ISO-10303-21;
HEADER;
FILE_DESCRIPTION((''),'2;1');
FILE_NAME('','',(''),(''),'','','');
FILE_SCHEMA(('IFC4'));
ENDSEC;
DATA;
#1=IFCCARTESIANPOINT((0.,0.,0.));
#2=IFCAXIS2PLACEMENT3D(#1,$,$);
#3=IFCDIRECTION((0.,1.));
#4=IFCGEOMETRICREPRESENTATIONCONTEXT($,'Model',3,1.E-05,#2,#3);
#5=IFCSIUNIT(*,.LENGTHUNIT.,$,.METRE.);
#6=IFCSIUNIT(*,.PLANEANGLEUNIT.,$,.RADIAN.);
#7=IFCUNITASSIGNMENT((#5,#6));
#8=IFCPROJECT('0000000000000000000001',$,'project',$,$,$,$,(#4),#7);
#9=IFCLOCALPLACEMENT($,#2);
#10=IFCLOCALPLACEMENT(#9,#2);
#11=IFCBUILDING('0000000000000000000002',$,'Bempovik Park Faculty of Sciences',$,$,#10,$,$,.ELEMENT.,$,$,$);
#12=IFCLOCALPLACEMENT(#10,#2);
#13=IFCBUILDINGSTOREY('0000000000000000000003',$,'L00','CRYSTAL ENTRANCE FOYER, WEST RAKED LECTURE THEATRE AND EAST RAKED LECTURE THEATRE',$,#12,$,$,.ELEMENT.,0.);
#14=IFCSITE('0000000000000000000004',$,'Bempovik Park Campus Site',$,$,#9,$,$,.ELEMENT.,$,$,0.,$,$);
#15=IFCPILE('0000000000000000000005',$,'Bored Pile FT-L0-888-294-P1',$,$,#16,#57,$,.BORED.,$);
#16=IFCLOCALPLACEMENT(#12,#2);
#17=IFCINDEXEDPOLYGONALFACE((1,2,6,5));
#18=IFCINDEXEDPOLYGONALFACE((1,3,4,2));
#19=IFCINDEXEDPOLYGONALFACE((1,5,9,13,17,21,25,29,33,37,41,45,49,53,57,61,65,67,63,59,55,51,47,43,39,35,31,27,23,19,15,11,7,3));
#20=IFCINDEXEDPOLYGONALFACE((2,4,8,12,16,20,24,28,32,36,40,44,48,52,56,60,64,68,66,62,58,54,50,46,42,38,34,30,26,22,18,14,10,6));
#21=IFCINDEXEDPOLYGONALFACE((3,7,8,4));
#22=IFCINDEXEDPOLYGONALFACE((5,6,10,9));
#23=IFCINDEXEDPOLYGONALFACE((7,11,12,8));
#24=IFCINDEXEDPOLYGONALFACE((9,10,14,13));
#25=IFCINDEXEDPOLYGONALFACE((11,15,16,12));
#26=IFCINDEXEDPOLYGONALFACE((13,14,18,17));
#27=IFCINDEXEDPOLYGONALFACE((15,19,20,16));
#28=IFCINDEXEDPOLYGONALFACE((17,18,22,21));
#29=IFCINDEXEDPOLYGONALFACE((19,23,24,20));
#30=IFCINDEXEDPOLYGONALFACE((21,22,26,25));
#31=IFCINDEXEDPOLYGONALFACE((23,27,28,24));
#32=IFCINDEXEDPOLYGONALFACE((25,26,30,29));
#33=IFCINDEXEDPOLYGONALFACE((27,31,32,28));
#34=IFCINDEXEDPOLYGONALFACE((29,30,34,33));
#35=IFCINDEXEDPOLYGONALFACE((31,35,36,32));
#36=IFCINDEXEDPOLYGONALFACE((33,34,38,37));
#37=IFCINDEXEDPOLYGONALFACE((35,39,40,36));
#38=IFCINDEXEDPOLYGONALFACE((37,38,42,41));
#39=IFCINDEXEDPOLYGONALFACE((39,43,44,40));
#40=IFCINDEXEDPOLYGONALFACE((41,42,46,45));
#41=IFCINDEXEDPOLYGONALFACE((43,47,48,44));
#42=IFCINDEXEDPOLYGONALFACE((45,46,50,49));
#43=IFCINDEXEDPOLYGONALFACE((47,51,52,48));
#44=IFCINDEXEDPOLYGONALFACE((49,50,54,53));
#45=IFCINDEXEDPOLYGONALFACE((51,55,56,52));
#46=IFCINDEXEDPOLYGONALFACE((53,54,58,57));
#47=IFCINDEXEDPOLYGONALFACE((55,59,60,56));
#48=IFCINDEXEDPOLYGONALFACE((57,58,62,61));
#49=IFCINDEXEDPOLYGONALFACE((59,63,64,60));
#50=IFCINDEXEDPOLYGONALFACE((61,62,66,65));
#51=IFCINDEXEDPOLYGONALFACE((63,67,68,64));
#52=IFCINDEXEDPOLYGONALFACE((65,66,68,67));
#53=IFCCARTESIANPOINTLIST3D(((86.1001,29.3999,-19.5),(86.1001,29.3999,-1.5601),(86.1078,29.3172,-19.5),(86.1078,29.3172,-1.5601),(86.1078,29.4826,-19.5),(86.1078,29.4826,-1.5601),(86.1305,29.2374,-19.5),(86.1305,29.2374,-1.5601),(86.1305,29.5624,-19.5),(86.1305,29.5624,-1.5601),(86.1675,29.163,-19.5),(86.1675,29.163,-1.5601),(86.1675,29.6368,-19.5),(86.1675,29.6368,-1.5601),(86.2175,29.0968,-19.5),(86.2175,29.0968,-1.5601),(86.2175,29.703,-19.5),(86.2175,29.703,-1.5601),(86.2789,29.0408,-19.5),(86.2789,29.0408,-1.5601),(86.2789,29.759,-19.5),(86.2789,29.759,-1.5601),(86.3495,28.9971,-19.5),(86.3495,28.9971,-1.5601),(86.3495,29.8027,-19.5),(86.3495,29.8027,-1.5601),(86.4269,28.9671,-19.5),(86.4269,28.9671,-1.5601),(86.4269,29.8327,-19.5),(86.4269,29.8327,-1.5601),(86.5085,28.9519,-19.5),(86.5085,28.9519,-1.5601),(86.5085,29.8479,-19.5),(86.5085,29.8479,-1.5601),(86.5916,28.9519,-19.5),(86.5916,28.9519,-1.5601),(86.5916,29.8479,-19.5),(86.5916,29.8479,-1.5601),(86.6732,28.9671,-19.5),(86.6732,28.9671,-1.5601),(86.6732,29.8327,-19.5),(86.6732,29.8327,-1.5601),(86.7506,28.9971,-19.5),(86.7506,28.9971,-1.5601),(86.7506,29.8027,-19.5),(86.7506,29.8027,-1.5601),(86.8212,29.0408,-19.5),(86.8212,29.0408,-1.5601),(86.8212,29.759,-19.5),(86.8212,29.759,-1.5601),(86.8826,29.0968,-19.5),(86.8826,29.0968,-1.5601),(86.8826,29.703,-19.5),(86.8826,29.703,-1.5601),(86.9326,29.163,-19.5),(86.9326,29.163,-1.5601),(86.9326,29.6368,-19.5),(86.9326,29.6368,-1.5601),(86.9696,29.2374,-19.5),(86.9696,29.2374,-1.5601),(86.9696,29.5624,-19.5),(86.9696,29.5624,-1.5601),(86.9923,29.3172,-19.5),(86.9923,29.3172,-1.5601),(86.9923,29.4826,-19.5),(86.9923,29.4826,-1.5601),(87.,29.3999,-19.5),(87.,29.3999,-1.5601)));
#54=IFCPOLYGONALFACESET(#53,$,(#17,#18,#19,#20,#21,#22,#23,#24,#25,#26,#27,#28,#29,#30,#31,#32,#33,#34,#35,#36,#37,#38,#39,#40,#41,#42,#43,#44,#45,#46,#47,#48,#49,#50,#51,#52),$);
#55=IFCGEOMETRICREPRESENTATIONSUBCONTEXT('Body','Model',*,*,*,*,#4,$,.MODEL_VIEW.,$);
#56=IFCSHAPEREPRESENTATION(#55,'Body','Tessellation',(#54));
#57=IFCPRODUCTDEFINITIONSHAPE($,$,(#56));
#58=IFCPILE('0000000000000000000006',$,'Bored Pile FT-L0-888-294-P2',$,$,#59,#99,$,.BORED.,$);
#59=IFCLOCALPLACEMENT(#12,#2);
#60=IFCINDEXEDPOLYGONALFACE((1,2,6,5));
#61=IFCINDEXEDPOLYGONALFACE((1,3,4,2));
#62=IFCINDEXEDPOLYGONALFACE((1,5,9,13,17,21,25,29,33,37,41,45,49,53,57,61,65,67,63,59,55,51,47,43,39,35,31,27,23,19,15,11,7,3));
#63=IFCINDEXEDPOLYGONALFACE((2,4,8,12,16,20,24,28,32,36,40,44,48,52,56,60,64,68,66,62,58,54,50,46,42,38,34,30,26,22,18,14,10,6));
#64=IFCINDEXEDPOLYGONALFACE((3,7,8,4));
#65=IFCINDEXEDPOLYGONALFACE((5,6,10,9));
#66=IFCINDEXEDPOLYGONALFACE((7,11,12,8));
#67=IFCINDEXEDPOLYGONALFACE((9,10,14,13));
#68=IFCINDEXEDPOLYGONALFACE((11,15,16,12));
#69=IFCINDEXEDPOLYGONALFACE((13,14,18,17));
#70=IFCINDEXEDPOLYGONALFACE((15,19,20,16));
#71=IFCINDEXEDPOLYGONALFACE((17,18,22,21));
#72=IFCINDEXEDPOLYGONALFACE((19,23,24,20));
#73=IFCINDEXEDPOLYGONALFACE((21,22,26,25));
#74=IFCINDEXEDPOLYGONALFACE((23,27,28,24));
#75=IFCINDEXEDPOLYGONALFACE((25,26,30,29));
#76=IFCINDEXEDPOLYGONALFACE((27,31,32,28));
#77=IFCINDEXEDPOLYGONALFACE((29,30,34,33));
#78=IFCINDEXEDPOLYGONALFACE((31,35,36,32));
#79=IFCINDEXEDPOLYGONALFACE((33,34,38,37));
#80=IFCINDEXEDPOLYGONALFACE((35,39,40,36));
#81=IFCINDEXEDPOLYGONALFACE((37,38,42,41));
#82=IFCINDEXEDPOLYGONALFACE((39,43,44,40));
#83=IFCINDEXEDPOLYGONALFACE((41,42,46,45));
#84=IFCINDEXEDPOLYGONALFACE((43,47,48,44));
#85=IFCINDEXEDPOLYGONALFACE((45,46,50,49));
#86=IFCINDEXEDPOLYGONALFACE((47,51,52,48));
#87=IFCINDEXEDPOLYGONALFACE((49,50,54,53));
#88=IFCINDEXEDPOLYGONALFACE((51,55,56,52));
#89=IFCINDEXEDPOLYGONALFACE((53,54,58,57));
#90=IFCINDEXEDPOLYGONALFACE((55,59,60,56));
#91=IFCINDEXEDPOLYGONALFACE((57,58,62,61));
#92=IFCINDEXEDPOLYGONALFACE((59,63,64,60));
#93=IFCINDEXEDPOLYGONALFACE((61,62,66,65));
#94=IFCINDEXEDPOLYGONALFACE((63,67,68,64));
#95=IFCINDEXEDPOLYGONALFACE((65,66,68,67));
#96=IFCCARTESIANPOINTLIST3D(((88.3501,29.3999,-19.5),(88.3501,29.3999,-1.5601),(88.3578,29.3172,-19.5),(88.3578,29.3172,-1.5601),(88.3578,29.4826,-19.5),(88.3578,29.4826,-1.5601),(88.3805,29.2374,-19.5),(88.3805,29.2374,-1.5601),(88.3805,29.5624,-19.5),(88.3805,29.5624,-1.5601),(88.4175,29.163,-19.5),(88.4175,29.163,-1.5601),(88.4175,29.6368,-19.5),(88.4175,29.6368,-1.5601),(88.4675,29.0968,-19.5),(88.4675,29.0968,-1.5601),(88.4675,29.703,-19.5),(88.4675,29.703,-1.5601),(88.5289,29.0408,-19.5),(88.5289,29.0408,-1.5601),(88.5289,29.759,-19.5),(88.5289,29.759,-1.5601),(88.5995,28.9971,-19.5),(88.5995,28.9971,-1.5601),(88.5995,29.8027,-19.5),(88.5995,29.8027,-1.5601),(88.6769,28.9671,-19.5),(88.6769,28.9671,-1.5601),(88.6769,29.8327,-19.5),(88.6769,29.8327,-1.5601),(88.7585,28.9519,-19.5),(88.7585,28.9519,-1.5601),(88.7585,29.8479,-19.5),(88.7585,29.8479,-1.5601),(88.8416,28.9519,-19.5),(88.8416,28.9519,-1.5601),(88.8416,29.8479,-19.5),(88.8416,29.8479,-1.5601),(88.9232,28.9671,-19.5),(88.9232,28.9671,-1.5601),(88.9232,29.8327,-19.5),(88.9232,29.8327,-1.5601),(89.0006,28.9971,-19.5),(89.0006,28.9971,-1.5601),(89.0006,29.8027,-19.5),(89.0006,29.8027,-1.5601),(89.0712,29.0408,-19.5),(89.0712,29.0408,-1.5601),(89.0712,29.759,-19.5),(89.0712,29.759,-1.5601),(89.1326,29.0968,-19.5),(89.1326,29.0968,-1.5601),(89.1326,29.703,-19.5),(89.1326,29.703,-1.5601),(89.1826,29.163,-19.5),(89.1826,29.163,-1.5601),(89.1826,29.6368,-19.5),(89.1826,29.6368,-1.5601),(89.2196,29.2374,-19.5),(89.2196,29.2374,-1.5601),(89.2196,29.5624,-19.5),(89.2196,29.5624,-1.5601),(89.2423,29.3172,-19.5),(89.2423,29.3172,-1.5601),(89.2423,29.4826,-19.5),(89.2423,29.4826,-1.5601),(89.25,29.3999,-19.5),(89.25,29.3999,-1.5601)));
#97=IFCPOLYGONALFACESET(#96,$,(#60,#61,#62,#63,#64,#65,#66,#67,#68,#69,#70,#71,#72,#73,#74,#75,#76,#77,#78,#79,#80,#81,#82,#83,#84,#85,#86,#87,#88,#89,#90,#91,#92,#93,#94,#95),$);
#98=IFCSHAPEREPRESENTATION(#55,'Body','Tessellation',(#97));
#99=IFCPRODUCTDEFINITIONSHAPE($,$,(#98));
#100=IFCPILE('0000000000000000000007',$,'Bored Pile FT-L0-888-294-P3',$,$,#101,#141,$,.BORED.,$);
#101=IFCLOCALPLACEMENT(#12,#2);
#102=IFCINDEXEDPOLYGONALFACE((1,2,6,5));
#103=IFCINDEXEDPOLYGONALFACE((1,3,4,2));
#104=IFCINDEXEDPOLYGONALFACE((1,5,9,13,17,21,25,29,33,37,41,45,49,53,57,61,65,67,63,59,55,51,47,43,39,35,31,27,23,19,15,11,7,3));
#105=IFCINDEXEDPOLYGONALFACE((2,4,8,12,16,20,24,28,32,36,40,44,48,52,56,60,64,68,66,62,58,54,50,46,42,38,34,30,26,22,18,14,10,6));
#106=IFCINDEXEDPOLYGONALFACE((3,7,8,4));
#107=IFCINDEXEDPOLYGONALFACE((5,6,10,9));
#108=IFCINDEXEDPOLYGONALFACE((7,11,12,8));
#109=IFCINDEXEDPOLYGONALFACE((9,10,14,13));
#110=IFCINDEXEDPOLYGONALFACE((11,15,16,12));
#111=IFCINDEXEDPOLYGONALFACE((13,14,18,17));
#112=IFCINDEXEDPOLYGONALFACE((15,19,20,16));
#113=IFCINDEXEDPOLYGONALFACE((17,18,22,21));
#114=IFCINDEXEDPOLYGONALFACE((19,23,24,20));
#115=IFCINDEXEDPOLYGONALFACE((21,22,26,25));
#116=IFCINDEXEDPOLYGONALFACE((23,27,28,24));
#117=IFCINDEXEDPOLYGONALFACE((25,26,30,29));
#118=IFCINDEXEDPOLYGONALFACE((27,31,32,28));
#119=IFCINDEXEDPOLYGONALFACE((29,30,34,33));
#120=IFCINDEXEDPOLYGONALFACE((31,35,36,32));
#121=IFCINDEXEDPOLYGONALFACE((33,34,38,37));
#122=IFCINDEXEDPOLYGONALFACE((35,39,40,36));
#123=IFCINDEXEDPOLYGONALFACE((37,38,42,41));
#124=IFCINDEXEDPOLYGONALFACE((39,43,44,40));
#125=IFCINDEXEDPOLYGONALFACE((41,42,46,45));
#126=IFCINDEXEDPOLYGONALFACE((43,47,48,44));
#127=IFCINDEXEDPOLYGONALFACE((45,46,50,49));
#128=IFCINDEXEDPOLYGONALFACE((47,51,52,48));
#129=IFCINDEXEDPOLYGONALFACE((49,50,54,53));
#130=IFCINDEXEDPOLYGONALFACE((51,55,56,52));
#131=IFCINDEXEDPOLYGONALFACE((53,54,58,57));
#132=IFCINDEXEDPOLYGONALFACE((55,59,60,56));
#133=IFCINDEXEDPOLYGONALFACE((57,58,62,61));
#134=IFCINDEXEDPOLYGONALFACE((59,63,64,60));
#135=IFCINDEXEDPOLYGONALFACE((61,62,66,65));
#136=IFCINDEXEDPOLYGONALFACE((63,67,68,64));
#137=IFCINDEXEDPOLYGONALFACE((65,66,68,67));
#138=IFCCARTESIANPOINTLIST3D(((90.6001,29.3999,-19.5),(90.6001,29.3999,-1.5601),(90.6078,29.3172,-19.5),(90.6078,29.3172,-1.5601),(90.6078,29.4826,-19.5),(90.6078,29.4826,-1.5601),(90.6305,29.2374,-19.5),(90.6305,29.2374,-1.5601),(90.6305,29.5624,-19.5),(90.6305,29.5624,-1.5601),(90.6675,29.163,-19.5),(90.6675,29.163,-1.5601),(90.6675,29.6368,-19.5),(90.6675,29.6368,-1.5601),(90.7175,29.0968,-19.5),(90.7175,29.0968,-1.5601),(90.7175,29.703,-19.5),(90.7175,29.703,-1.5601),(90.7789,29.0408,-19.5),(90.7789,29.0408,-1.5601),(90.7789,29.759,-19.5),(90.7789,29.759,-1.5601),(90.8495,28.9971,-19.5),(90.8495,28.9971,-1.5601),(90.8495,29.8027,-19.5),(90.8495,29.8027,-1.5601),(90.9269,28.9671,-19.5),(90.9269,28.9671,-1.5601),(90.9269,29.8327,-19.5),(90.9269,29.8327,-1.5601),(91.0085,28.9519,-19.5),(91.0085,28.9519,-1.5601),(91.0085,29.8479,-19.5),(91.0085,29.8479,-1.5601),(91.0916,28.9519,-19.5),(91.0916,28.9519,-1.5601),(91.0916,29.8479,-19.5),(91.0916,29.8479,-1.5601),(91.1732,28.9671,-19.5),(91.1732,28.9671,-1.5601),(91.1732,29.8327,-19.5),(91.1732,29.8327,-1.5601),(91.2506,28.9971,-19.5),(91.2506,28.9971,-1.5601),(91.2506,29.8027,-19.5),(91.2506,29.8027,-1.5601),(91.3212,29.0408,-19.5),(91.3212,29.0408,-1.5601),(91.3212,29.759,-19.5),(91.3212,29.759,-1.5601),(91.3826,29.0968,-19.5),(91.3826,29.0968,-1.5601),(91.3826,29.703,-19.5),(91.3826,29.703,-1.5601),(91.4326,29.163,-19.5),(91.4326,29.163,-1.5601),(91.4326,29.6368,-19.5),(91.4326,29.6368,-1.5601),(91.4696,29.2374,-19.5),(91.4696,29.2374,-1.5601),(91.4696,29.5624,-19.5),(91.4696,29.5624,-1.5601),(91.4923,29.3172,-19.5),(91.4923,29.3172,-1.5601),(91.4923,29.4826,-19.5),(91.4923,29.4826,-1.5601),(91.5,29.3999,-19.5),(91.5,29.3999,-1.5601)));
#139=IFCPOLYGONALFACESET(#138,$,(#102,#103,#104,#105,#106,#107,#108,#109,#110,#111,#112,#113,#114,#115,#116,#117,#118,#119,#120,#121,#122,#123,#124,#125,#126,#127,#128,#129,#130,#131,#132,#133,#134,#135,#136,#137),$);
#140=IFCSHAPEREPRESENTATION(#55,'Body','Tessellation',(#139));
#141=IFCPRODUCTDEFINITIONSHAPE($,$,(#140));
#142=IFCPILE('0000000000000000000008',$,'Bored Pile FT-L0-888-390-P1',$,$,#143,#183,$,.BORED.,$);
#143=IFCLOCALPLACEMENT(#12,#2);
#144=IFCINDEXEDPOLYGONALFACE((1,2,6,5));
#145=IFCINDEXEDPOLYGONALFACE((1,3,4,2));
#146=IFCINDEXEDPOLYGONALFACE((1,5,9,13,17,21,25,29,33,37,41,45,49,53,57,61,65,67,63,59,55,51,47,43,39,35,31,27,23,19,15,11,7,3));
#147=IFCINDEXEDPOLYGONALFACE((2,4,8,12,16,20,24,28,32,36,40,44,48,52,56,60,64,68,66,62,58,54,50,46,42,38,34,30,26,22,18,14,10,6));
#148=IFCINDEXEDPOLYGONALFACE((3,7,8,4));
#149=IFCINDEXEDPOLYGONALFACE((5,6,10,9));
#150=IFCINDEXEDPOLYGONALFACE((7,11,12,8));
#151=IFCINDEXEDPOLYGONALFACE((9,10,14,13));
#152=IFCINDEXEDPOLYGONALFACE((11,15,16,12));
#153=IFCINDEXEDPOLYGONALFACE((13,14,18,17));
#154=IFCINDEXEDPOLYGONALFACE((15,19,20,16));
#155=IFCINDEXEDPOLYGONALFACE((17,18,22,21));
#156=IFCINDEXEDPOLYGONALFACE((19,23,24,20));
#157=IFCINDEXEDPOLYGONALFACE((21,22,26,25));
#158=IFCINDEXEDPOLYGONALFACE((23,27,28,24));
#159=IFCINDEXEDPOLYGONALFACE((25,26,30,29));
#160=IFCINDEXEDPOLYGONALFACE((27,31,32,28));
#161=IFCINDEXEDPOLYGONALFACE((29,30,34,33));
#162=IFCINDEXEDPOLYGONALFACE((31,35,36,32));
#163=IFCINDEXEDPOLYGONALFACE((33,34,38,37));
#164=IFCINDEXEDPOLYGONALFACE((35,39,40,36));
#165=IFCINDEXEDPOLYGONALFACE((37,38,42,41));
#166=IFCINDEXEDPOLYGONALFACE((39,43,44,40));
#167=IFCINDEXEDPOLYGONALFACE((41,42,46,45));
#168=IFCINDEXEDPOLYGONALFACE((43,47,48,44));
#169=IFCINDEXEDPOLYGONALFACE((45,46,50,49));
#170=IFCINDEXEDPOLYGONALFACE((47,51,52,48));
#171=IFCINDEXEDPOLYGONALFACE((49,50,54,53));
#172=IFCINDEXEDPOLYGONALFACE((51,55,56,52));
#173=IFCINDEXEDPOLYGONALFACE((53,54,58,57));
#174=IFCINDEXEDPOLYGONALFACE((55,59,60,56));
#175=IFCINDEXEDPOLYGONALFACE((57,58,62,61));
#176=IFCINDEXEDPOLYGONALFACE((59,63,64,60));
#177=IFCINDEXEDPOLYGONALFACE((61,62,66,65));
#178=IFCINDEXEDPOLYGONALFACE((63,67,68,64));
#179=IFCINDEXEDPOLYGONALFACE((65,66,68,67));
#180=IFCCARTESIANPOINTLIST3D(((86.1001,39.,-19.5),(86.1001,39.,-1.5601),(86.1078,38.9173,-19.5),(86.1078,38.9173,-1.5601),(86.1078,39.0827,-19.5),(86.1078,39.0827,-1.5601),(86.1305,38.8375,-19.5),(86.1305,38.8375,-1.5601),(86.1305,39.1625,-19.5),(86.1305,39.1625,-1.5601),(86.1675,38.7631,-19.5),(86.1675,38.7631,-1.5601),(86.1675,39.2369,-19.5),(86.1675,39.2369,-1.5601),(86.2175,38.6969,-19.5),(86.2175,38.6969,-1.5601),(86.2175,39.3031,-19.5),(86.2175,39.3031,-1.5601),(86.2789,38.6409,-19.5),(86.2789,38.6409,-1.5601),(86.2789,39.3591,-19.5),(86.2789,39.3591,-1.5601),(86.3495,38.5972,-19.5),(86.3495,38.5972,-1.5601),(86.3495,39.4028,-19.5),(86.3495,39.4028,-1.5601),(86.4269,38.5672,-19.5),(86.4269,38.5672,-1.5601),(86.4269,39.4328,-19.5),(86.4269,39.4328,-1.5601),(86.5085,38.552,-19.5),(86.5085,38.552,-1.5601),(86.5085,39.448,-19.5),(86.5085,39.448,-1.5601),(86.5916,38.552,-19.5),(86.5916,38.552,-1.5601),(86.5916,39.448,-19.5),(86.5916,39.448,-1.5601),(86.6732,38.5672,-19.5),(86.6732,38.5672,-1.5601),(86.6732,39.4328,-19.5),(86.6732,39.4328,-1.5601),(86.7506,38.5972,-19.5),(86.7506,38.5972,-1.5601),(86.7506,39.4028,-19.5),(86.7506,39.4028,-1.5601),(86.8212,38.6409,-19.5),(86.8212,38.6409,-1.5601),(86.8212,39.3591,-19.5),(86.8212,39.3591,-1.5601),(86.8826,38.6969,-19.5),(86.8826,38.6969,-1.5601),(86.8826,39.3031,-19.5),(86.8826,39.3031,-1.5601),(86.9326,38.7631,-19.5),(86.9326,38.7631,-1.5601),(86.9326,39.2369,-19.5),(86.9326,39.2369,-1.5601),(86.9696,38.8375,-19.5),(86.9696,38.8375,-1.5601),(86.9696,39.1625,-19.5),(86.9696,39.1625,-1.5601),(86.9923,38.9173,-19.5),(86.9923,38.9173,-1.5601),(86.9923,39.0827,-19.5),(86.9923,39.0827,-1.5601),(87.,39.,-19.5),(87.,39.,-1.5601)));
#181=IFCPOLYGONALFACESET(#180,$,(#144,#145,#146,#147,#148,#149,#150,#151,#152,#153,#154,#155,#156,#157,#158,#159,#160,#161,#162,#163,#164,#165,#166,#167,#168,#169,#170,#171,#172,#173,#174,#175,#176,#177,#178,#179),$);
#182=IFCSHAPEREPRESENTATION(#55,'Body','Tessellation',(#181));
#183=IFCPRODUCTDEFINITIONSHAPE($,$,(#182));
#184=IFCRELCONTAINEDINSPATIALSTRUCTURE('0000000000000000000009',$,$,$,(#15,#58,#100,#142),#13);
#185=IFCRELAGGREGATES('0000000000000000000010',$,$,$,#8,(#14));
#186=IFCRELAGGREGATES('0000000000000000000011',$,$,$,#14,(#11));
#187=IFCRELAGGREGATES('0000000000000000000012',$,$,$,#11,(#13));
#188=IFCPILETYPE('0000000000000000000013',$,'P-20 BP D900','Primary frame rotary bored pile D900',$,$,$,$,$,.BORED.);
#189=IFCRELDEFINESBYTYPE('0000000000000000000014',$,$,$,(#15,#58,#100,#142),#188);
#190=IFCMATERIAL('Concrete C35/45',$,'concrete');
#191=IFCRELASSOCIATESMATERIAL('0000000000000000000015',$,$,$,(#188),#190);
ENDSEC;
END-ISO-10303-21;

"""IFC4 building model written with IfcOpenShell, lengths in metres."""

from ifc_helpers import new_model, si_unit, direction, frame, origin, origin_2d, place, context, subcontext, project, spatial, circle, extrude, material, material_profile, profile_set, type_object, element, save


model = new_model("IFC4")

# Units and contexts
model_context = context("Model", 3, precision=1e-05, world=origin(), true_north=direction((0.0, 1.0)))
body_context = subcontext(model_context, "Body", "Model", "MODEL_VIEW")
ifc_project = project(units=[si_unit("LENGTHUNIT", "METRE"), si_unit("PLANEANGLEUNIT", "RADIAN")], contexts=[model_context])

# Site, building, storey
site_placement = place(None, origin())
site = spatial("IfcSite", under=ifc_project, at=site_placement, Name="Bempovik Park Campus Site", CompositionType="ELEMENT", RefElevation=0.0)
building_placement = place(site_placement, origin())
building = spatial("IfcBuilding", under=site, at=building_placement, Name="Bempovik Park Faculty of Sciences", CompositionType="ELEMENT")
storey_placement = place(building_placement, origin())
storey = spatial("IfcBuildingStorey", under=building, at=storey_placement, Name="L00", Description="CRYSTAL ENTRANCE FOYER, WEST RAKED LECTURE THEATRE AND EAST RAKED LECTURE THEATRE", CompositionType="ELEMENT", Elevation=0.0)

# Shared definitions
ifc_material_1 = material(Name="Concrete C35/45", Category="concrete")

# Piles
ifc_material_profile_1 = material_profile(ifc_material_1, circle(Radius=0.45, at=origin_2d()), Name="BP D900")
ifc_profile_set_1 = profile_set([ifc_material_profile_1], Name="Concrete C35/45")
pile_type = type_object("IfcPileType", Name="P-20 BP D900", Description="Primary frame rotary bored pile D900", PredefinedType="BORED", material=ifc_profile_set_1)
for number, where, z_axis, x_axis, name in (
    (1, (86.55, 29.3999, -1.5601), (0.0, 0.0, -1.0), (1.0, 0.0, 0.0), "Bored Pile FT-L0-888-294-P1"),
    (2, (88.8, 29.3999, -1.5601), (0.0, 0.0, -1.0), (1.0, 0.0, 0.0), "Bored Pile FT-L0-888-294-P2"),
    (3, (91.05, 29.3999, -1.5601), (0.0, 0.0, -1.0), (1.0, 0.0, 0.0), "Bored Pile FT-L0-888-294-P3"),
    (4, (86.55, 39.0, -1.5601), (0.0, 0.0, -1.0), (1.0, 0.0, 0.0), "Bored Pile FT-L0-888-390-P1"),
):
    element("IfcPile", number, at=place(storey_placement, frame(where, z_axis=z_axis, x_axis=x_axis)), inside=storey, type_object=pile_type, Name=name, PredefinedType="BORED", context=body_context, shape_type="SweptSolid", body=[
        extrude(circle(Radius=0.45, at=origin_2d()), origin(), (0.0, 0.0, 1.0), 17.9399),
    ])

save(model, "model.ifc")
